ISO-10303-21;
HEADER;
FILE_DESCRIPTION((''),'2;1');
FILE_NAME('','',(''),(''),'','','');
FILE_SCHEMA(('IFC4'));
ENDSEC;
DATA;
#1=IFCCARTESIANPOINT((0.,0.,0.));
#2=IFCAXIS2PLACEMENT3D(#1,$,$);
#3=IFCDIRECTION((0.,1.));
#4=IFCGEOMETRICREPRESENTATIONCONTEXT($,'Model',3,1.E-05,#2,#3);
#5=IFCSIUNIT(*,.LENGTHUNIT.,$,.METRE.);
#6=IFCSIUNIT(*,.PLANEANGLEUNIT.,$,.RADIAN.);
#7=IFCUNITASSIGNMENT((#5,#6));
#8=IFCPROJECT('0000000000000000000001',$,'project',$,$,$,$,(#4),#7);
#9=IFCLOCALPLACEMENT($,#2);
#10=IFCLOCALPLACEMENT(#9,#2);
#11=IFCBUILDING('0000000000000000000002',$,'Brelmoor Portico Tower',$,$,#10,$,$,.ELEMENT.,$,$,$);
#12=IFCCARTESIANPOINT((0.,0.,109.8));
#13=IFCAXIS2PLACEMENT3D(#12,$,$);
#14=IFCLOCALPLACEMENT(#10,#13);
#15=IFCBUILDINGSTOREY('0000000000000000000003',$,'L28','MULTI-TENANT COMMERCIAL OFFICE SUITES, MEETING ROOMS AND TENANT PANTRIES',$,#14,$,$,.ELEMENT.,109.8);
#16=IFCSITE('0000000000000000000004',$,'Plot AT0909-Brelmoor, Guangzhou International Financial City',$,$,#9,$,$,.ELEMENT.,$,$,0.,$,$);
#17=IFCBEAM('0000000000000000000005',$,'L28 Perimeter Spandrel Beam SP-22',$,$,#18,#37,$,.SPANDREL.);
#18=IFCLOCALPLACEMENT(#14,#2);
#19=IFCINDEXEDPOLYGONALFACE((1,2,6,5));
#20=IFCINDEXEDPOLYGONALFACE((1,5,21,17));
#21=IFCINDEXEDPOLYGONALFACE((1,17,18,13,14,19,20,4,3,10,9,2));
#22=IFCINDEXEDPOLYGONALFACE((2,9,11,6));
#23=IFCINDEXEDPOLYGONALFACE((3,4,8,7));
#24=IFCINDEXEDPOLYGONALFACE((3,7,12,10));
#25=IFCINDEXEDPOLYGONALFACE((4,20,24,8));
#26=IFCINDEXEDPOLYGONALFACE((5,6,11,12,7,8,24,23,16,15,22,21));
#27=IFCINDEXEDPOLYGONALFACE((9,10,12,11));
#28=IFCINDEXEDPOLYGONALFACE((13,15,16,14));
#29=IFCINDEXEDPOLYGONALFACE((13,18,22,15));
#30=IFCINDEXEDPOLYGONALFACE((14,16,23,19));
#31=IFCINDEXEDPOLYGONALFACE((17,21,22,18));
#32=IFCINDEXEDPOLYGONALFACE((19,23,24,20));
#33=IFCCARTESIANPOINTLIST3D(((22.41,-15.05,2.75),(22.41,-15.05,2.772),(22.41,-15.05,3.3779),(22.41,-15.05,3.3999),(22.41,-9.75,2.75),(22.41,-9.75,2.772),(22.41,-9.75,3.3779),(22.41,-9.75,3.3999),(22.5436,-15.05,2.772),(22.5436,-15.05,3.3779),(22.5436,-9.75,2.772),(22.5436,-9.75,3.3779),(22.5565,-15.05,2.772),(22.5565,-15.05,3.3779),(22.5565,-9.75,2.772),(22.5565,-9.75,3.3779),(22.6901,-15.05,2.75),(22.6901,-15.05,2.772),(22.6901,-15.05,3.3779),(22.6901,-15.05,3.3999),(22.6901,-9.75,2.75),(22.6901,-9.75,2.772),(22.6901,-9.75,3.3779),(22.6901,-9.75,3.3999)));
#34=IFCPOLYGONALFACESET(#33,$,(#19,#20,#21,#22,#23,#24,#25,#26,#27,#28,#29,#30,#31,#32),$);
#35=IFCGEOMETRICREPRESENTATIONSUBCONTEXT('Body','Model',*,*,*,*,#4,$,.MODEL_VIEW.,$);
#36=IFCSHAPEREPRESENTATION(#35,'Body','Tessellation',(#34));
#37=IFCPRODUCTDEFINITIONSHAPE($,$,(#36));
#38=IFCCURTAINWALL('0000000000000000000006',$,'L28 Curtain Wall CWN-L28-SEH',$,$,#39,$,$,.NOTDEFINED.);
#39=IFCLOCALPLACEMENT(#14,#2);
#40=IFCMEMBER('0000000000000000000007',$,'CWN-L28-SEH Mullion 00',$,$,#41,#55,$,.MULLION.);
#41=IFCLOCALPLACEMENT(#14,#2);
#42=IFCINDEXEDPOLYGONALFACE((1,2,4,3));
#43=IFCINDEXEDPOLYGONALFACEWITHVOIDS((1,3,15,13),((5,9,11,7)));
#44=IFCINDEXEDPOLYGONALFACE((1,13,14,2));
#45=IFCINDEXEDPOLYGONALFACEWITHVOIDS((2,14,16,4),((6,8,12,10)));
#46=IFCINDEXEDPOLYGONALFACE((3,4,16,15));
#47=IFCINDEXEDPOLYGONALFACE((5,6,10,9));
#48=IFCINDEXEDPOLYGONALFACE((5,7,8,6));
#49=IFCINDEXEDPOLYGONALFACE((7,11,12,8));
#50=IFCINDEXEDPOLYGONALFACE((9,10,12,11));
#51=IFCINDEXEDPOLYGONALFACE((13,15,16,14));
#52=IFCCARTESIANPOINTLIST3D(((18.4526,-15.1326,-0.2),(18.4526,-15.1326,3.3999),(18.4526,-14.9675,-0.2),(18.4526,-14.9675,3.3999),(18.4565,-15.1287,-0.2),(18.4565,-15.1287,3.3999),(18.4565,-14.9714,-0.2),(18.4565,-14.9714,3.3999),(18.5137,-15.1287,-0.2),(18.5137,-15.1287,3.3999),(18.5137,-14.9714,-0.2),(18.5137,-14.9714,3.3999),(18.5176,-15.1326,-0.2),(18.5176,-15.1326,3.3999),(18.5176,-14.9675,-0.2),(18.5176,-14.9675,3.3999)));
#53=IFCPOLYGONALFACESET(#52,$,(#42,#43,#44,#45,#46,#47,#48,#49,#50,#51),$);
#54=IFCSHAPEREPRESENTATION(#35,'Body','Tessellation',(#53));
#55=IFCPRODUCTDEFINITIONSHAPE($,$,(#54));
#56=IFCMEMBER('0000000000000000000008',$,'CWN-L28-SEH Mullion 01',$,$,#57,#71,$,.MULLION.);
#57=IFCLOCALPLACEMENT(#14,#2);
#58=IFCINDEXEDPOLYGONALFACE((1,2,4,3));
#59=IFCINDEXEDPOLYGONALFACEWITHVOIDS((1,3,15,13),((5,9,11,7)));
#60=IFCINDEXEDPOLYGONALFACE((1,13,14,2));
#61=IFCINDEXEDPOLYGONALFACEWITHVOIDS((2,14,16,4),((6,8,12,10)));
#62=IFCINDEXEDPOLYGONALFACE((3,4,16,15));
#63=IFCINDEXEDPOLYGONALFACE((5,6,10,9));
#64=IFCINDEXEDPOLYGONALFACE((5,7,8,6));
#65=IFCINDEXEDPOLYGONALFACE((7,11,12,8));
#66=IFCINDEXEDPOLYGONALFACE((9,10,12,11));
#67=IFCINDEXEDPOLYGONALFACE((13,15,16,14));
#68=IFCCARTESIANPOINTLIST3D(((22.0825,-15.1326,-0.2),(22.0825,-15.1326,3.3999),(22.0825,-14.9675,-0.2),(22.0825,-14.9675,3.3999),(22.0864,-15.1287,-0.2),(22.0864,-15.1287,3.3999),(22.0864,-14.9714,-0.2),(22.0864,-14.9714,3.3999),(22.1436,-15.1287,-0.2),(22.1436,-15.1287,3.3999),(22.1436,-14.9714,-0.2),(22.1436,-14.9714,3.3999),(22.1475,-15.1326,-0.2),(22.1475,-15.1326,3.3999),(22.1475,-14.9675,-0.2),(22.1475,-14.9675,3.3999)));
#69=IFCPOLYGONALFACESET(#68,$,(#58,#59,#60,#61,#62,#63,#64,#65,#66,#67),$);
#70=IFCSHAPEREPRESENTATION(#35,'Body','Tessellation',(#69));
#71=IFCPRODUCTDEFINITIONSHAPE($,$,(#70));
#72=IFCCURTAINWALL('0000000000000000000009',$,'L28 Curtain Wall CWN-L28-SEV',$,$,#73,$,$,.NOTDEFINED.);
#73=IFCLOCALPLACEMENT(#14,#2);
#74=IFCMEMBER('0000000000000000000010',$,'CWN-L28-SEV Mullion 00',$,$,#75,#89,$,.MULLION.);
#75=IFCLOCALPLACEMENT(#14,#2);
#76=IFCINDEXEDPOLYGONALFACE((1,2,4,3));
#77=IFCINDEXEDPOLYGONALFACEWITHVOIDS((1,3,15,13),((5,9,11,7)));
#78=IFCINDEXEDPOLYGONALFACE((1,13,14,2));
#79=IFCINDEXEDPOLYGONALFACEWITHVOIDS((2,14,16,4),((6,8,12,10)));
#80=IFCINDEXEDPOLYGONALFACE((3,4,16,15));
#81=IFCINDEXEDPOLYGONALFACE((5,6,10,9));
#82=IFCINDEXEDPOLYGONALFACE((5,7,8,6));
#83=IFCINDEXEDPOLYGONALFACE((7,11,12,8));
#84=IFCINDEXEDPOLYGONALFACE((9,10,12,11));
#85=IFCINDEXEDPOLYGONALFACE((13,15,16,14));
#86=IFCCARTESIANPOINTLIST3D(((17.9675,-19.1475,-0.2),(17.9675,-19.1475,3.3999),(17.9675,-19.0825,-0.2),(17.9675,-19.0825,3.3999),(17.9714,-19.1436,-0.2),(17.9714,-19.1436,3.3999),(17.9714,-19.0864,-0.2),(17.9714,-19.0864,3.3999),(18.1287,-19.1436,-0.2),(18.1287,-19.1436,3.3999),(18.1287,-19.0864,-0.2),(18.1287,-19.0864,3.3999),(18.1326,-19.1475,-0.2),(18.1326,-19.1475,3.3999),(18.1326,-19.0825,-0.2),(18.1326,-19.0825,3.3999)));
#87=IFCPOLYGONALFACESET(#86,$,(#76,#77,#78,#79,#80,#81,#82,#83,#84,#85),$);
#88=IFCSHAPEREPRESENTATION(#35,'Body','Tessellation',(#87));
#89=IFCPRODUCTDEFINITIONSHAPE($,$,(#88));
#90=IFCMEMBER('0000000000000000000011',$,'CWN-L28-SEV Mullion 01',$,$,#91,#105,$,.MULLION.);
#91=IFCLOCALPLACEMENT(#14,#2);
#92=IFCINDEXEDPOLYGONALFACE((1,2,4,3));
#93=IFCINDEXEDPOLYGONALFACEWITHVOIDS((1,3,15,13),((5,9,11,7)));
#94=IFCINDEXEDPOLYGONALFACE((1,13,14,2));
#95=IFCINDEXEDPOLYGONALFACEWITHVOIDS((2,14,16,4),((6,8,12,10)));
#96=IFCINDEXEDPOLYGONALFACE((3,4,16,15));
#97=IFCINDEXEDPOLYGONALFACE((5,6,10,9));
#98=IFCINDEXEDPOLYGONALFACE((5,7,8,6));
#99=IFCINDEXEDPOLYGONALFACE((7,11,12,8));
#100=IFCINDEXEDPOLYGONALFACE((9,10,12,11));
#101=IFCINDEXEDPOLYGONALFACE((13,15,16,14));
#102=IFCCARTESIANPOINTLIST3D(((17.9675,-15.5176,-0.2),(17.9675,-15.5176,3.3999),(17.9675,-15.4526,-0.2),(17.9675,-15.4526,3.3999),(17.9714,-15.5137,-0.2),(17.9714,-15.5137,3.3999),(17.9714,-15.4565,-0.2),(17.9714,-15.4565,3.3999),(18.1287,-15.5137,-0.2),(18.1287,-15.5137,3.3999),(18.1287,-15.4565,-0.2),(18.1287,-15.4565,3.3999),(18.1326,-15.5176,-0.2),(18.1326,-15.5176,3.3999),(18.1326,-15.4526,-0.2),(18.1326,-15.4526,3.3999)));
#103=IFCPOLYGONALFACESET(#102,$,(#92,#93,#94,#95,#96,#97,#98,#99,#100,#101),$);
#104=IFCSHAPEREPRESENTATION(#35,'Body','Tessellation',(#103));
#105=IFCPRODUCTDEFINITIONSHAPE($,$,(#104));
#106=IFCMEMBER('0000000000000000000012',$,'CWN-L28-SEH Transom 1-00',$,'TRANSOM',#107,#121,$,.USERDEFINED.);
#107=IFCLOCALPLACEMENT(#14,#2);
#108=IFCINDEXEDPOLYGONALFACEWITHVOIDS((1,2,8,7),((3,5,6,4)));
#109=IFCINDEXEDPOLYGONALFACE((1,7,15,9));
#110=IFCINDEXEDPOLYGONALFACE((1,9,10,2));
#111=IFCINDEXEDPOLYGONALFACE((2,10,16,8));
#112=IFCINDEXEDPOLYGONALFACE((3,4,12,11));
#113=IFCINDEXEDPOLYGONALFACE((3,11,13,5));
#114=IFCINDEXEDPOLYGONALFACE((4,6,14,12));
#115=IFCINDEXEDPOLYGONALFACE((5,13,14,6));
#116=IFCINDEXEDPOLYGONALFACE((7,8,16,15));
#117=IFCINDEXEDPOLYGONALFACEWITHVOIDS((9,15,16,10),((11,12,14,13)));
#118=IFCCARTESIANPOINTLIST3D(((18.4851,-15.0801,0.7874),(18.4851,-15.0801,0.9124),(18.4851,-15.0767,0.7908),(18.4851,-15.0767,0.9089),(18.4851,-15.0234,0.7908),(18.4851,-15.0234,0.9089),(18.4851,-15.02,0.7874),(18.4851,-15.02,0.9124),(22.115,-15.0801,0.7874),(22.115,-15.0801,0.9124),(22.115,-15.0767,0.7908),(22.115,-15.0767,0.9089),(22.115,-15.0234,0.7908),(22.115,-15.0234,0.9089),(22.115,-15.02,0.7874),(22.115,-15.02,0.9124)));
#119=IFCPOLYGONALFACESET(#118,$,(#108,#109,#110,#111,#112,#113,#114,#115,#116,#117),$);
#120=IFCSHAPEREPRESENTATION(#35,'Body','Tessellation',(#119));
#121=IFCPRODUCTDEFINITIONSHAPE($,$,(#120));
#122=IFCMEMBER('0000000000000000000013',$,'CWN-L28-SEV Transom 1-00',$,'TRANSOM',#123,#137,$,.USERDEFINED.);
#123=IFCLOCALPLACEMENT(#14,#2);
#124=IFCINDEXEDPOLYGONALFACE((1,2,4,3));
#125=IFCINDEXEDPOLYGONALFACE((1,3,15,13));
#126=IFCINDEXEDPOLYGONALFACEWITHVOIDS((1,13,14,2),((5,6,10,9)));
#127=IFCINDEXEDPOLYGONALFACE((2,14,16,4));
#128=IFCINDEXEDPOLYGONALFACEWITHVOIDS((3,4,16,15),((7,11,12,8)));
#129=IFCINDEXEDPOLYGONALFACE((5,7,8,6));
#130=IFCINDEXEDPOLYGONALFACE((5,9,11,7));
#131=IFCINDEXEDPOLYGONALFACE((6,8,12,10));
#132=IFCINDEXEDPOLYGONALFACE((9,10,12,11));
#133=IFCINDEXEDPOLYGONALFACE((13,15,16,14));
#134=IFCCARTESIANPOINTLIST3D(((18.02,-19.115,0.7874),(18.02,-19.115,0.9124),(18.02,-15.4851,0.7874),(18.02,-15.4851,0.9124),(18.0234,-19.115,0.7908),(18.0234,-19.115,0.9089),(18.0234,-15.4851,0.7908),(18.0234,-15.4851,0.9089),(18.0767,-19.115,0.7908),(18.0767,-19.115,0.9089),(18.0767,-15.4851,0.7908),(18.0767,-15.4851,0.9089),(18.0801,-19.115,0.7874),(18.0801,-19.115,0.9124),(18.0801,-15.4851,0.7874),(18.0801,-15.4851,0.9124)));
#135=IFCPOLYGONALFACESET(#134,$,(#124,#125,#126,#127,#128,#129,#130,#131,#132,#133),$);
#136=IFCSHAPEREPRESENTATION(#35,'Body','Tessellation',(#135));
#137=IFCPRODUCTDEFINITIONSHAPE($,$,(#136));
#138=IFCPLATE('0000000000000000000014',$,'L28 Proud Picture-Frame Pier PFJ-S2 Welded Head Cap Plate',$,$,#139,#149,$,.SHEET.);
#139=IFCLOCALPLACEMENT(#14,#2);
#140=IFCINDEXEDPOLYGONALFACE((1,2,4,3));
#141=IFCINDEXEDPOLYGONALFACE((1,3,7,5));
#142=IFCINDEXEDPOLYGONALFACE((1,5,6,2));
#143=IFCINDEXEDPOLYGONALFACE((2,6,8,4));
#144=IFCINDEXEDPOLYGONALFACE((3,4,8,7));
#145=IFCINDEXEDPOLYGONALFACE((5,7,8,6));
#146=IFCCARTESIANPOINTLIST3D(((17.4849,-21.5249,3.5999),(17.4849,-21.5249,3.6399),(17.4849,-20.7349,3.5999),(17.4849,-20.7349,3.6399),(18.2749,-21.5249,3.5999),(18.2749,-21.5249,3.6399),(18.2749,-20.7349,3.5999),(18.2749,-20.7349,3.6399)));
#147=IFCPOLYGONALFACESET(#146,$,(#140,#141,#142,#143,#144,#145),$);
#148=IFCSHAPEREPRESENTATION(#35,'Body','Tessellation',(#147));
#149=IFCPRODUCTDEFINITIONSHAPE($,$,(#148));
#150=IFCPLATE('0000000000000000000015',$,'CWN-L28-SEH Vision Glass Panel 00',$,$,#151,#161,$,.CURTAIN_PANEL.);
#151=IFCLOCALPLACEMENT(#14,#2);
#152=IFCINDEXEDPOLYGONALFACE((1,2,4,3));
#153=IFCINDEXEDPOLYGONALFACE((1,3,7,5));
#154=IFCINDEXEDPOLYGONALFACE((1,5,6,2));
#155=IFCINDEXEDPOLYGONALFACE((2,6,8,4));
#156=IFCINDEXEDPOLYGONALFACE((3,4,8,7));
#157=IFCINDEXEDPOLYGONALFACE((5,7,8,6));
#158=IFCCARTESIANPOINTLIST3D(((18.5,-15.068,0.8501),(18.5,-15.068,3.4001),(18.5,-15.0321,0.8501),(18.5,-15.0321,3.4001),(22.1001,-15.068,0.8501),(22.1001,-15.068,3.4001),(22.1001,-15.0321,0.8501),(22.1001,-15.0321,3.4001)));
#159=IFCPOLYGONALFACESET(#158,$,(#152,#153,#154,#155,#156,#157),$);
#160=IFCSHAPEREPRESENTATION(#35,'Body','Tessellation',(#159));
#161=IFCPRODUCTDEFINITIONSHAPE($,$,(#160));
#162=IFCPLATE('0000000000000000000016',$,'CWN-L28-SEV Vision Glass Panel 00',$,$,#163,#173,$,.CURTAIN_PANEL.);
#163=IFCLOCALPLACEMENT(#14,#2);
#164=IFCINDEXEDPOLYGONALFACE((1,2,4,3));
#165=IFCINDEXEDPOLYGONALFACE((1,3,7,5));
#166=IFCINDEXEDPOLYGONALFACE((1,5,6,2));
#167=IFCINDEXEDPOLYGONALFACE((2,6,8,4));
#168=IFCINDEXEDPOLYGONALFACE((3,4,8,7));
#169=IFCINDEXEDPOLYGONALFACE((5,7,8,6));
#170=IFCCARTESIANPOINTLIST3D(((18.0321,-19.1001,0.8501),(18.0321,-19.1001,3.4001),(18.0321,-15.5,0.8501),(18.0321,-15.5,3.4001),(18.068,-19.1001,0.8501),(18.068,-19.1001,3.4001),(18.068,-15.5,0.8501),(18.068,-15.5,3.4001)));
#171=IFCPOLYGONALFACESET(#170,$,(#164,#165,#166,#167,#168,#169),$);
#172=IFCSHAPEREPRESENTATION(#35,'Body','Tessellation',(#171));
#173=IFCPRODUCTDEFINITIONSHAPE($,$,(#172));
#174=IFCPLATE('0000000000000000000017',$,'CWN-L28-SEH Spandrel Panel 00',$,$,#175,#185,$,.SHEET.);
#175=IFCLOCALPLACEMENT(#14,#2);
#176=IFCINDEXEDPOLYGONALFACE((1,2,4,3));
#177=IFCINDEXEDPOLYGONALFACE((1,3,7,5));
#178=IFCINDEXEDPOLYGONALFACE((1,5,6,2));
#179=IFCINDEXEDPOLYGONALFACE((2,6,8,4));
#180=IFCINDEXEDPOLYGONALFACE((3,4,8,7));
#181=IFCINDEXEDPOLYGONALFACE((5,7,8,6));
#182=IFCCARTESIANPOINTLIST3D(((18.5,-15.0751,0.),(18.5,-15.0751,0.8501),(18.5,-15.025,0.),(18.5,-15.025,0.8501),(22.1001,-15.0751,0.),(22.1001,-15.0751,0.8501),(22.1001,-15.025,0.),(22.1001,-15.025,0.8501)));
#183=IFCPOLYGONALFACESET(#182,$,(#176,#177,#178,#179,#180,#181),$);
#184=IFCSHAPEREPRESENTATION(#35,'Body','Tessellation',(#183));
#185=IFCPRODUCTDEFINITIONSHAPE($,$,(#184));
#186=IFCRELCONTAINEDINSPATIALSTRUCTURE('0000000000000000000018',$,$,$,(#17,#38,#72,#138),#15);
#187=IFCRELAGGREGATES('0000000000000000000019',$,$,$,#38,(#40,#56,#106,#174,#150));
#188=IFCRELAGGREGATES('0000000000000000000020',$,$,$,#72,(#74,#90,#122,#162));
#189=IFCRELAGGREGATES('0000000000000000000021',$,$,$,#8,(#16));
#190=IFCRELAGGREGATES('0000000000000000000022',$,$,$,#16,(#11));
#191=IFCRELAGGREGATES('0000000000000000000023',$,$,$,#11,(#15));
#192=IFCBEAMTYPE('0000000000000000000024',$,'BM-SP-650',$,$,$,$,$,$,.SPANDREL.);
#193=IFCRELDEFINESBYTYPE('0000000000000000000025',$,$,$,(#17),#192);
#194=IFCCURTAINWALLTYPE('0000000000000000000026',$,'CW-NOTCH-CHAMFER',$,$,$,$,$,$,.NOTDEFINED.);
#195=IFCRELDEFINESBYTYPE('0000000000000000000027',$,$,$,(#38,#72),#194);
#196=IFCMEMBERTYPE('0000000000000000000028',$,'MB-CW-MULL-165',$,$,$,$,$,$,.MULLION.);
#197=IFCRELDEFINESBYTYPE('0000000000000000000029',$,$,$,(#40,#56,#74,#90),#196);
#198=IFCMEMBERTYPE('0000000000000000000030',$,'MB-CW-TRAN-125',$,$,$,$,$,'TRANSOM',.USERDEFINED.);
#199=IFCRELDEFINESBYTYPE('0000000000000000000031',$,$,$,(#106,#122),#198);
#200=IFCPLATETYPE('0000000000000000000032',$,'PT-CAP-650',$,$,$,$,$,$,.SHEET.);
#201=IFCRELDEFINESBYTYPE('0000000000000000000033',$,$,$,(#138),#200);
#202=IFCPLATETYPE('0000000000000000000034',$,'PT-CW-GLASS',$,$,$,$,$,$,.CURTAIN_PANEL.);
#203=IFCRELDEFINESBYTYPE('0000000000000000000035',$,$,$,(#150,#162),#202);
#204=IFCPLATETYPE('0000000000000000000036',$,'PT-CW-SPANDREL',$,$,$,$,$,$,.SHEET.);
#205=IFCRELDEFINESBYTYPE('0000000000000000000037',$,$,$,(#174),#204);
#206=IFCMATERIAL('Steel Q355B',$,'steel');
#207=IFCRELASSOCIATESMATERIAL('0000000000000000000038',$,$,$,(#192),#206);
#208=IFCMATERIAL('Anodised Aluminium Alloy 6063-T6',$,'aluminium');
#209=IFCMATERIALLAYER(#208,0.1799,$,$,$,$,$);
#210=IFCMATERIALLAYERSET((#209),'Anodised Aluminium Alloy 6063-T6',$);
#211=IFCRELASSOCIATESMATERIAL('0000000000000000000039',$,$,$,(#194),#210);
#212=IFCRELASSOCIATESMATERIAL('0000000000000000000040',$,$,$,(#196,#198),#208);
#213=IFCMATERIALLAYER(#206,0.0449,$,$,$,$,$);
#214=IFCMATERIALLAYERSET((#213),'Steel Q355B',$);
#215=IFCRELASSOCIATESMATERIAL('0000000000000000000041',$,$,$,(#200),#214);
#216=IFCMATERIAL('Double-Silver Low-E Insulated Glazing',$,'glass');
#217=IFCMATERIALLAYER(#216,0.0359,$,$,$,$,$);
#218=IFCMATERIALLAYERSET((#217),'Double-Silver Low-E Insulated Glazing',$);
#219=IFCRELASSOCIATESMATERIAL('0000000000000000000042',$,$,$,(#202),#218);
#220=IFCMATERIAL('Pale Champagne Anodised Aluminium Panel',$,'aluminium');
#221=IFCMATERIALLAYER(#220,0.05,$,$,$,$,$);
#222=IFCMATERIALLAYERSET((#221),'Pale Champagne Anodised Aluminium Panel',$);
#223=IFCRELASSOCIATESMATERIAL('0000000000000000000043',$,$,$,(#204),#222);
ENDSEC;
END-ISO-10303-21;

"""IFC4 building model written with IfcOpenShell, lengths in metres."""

from ifc_helpers import new_model, si_unit, direction, frame, origin, origin_2d, place, context, subcontext, project, spatial, rectangle, hollow_rectangle, i_section, extrude, material, layer, layer_set, material_profile, profile_set, type_object, element, aggregate, save


model = new_model("IFC4")

# Units and contexts
model_context = context("Model", 3, precision=1e-05, world=origin(), true_north=direction((0.0, 1.0)))
body_context = subcontext(model_context, "Body", "Model", "MODEL_VIEW")
ifc_project = project(units=[si_unit("LENGTHUNIT", "METRE"), si_unit("PLANEANGLEUNIT", "RADIAN")], contexts=[model_context])

# Site, building, storey
site_placement = place(None, origin())
site = spatial("IfcSite", under=ifc_project, at=site_placement, Name="Plot AT0909-Brelmoor, Guangzhou International Financial City", CompositionType="ELEMENT", RefElevation=0.0)
building_placement = place(site_placement, origin())
building = spatial("IfcBuilding", under=site, at=building_placement, Name="Brelmoor Portico Tower", CompositionType="ELEMENT")
storey_placement = place(building_placement, frame((0.0, 0.0, 109.8)))
storey = spatial("IfcBuildingStorey", under=building, at=storey_placement, Name="L28", Description="MULTI-TENANT COMMERCIAL OFFICE SUITES, MEETING ROOMS AND TENANT PANTRIES", CompositionType="ELEMENT", Elevation=109.8)

# Shared definitions
ifc_material_1 = material(Name="Steel Q355B", Category="steel")

# Beam
ifc_material_profile_1 = material_profile(ifc_material_1, i_section(OverallWidth=0.28, OverallDepth=0.6499, WebThickness=0.0129, FlangeThickness=0.022, at=origin_2d()), Name="HN 650x280x13x22")
ifc_profile_set_1 = profile_set([ifc_material_profile_1], Name="Steel Q355B")
beam_type_1 = type_object("IfcBeamType", Name="BM-SP-650", PredefinedType="SPANDREL", material=ifc_profile_set_1)
beam_1_placement = place(storey_placement, frame((22.55, -15.05, 3.075), z_axis=(0.0, 1.0, 0.0), x_axis=(-1.0, 0.0, 0.0)))
element("IfcBeam", 1, at=beam_1_placement, inside=storey, type_object=beam_type_1, Name="L28 Perimeter Spandrel Beam SP-22", PredefinedType="SPANDREL", context=body_context, shape_type="SweptSolid", body=[
    extrude(i_section(OverallWidth=0.28, OverallDepth=0.6499, WebThickness=0.0129, FlangeThickness=0.022, at=origin_2d()), origin(), (0.0, 0.0, 1.0), 5.3),
])

# Curtain walls, members
ifc_material_2 = material(Name="Anodised Aluminium Alloy 6063-T6", Category="aluminium")
ifc_layer_1 = layer(ifc_material_2, 0.1799)
ifc_layer_set_1 = layer_set([ifc_layer_1], Name="Anodised Aluminium Alloy 6063-T6")
curtain_wall_type = type_object("IfcCurtainWallType", Name="CW-NOTCH-CHAMFER", PredefinedType="NOTDEFINED", material=ifc_layer_set_1)
curtain_wall_1_placement = place(storey_placement, origin())
curtain_wall_1 = element("IfcCurtainWall", 2, at=curtain_wall_1_placement, inside=storey, type_object=curtain_wall_type, Name="L28 Curtain Wall CWN-L28-SEH", PredefinedType="NOTDEFINED")
ifc_material_profile_2 = material_profile(ifc_material_2, hollow_rectangle(XDim=0.0649, YDim=0.165, WallThickness=0.0039, at=origin_2d()), Name="ALU MULLION 65x165")
ifc_profile_set_2 = profile_set([ifc_material_profile_2], Name="Anodised Aluminium Alloy 6063-T6")
member_type_1 = type_object("IfcMemberType", Name="MB-CW-MULL-165", PredefinedType="MULLION", material=ifc_profile_set_2)
member_1_placement = place(storey_placement, frame((18.4851, -15.05, -0.2), z_axis=(0.0, 0.0, 1.0), x_axis=(1.0, 0.0, 0.0)))
member_1 = element("IfcMember", 3, at=member_1_placement, type_object=member_type_1, Name="CWN-L28-SEH Mullion 00", PredefinedType="MULLION", context=body_context, shape_type="SweptSolid", body=[
    extrude(hollow_rectangle(XDim=0.0649, YDim=0.165, WallThickness=0.0039, at=origin_2d()), origin(), (0.0, 0.0, 1.0), 3.5999),
])
member_2_placement = place(storey_placement, frame((22.115, -15.05, -0.2), z_axis=(0.0, 0.0, 1.0), x_axis=(1.0, 0.0, 0.0)))
member_2 = element("IfcMember", 4, at=member_2_placement, type_object=member_type_1, Name="CWN-L28-SEH Mullion 01", PredefinedType="MULLION", context=body_context, shape_type="SweptSolid", body=[
    extrude(hollow_rectangle(XDim=0.0649, YDim=0.165, WallThickness=0.0039, at=origin_2d()), origin(), (0.0, 0.0, 1.0), 3.5999),
])
curtain_wall_2_placement = place(storey_placement, origin())
curtain_wall_2 = element("IfcCurtainWall", 5, at=curtain_wall_2_placement, inside=storey, type_object=curtain_wall_type, Name="L28 Curtain Wall CWN-L28-SEV", PredefinedType="NOTDEFINED")
member_3_placement = place(storey_placement, frame((18.05, -19.115, -0.2), z_axis=(0.0, 0.0, 1.0), x_axis=(0.0, 1.0, 0.0)))
member_3 = element("IfcMember", 6, at=member_3_placement, type_object=member_type_1, Name="CWN-L28-SEV Mullion 00", PredefinedType="MULLION", context=body_context, shape_type="SweptSolid", body=[
    extrude(hollow_rectangle(XDim=0.0649, YDim=0.165, WallThickness=0.0039, at=origin_2d()), origin(), (0.0, 0.0, 1.0), 3.5999),
])
member_4_placement = place(storey_placement, frame((18.05, -15.4851, -0.2), z_axis=(0.0, 0.0, 1.0), x_axis=(0.0, 1.0, 0.0)))
member_4 = element("IfcMember", 7, at=member_4_placement, type_object=member_type_1, Name="CWN-L28-SEV Mullion 01", PredefinedType="MULLION", context=body_context, shape_type="SweptSolid", body=[
    extrude(hollow_rectangle(XDim=0.0649, YDim=0.165, WallThickness=0.0039, at=origin_2d()), origin(), (0.0, 0.0, 1.0), 3.5999),
])

# Members
ifc_material_profile_3 = material_profile(ifc_material_2, hollow_rectangle(XDim=0.0601, YDim=0.125, WallThickness=0.0034, at=origin_2d()), Name="ALU TRANSOM 60x125")
ifc_profile_set_3 = profile_set([ifc_material_profile_3], Name="Anodised Aluminium Alloy 6063-T6")
member_type_2 = type_object("IfcMemberType", Name="MB-CW-TRAN-125", ElementType="TRANSOM", PredefinedType="USERDEFINED", material=ifc_profile_set_3)
member_5_placement = place(storey_placement, frame((18.4851, -15.05, 0.8499), z_axis=(1.0, 0.0, 0.0), x_axis=(0.0, 1.0, 0.0)))
member_5 = element("IfcMember", 8, at=member_5_placement, type_object=member_type_2, Name="CWN-L28-SEH Transom 1-00", ObjectType="TRANSOM", PredefinedType="USERDEFINED", context=body_context, shape_type="SweptSolid", body=[
    extrude(hollow_rectangle(XDim=0.0601, YDim=0.125, WallThickness=0.0034, at=origin_2d()), origin(), (0.0, 0.0, 1.0), 3.6299),
])
member_6_placement = place(storey_placement, frame((18.05, -19.115, 0.8499), z_axis=(0.0, 1.0, 0.0), x_axis=(-1.0, 0.0, 0.0)))
member_6 = element("IfcMember", 9, at=member_6_placement, type_object=member_type_2, Name="CWN-L28-SEV Transom 1-00", ObjectType="TRANSOM", PredefinedType="USERDEFINED", context=body_context, shape_type="SweptSolid", body=[
    extrude(hollow_rectangle(XDim=0.0601, YDim=0.125, WallThickness=0.0034, at=origin_2d()), origin(), (0.0, 0.0, 1.0), 3.6299),
])

# Plates
ifc_layer_2 = layer(ifc_material_1, 0.0449)
ifc_layer_set_2 = layer_set([ifc_layer_2], Name="Steel Q355B")
plate_type_1 = type_object("IfcPlateType", Name="PT-CAP-650", PredefinedType="SHEET", material=ifc_layer_set_2)
plate_1_placement = place(storey_placement, frame((17.8799, -21.1299, 3.5999), z_axis=(0.0, 0.0, 1.0), x_axis=(1.0, 0.0, 0.0)))
element("IfcPlate", 10, at=plate_1_placement, inside=storey, type_object=plate_type_1, Name="L28 Proud Picture-Frame Pier PFJ-S2 Welded Head Cap Plate", PredefinedType="SHEET", context=body_context, shape_type="SweptSolid", body=[
    extrude(rectangle(XDim=0.79, YDim=0.79, at=origin_2d()), origin(), (0.0, 0.0, 1.0), 0.04),
])
ifc_material_3 = material(Name="Double-Silver Low-E Insulated Glazing", Category="glass")
ifc_layer_3 = layer(ifc_material_3, 0.0359)
ifc_layer_set_3 = layer_set([ifc_layer_3], Name="Double-Silver Low-E Insulated Glazing")
plate_type_2 = type_object("IfcPlateType", Name="PT-CW-GLASS", PredefinedType="CURTAIN_PANEL", material=ifc_layer_set_3)
plate_2_placement = place(storey_placement, frame((20.3, -15.05, 0.8501), z_axis=(0.0, 0.0, 1.0), x_axis=(1.0, 0.0, 0.0)))
plate_2 = element("IfcPlate", 11, at=plate_2_placement, type_object=plate_type_2, Name="CWN-L28-SEH Vision Glass Panel 00", PredefinedType="CURTAIN_PANEL", context=body_context, shape_type="SweptSolid", body=[
    extrude(rectangle(XDim=3.6001, YDim=0.0359, at=origin_2d()), origin(), (0.0, 0.0, 1.0), 2.55),
])
plate_3_placement = place(storey_placement, frame((18.05, -17.3, 0.8501), z_axis=(0.0, 0.0, 1.0), x_axis=(0.0, 1.0, 0.0)))
plate_3 = element("IfcPlate", 12, at=plate_3_placement, type_object=plate_type_2, Name="CWN-L28-SEV Vision Glass Panel 00", PredefinedType="CURTAIN_PANEL", context=body_context, shape_type="SweptSolid", body=[
    extrude(rectangle(XDim=3.6001, YDim=0.0359, at=origin_2d()), origin(), (0.0, 0.0, 1.0), 2.55),
])
ifc_material_4 = material(Name="Pale Champagne Anodised Aluminium Panel", Category="aluminium")
ifc_layer_4 = layer(ifc_material_4, 0.05)
ifc_layer_set_4 = layer_set([ifc_layer_4], Name="Pale Champagne Anodised Aluminium Panel")
plate_type_3 = type_object("IfcPlateType", Name="PT-CW-SPANDREL", PredefinedType="SHEET", material=ifc_layer_set_4)
plate_4_placement = place(storey_placement, frame((20.3, -15.05, 0.0), z_axis=(0.0, 0.0, 1.0), x_axis=(1.0, 0.0, 0.0)))
plate_4 = element("IfcPlate", 13, at=plate_4_placement, type_object=plate_type_3, Name="CWN-L28-SEH Spandrel Panel 00", PredefinedType="SHEET", context=body_context, shape_type="SweptSolid", body=[
    extrude(rectangle(XDim=3.6001, YDim=0.05, at=origin_2d()), origin(), (0.0, 0.0, 1.0), 0.8501),
])
aggregate(curtain_wall_1, [member_1, member_2, member_5, plate_4, plate_2])
aggregate(curtain_wall_2, [member_3, member_4, member_6, plate_3])

save(model, "model.ifc")
